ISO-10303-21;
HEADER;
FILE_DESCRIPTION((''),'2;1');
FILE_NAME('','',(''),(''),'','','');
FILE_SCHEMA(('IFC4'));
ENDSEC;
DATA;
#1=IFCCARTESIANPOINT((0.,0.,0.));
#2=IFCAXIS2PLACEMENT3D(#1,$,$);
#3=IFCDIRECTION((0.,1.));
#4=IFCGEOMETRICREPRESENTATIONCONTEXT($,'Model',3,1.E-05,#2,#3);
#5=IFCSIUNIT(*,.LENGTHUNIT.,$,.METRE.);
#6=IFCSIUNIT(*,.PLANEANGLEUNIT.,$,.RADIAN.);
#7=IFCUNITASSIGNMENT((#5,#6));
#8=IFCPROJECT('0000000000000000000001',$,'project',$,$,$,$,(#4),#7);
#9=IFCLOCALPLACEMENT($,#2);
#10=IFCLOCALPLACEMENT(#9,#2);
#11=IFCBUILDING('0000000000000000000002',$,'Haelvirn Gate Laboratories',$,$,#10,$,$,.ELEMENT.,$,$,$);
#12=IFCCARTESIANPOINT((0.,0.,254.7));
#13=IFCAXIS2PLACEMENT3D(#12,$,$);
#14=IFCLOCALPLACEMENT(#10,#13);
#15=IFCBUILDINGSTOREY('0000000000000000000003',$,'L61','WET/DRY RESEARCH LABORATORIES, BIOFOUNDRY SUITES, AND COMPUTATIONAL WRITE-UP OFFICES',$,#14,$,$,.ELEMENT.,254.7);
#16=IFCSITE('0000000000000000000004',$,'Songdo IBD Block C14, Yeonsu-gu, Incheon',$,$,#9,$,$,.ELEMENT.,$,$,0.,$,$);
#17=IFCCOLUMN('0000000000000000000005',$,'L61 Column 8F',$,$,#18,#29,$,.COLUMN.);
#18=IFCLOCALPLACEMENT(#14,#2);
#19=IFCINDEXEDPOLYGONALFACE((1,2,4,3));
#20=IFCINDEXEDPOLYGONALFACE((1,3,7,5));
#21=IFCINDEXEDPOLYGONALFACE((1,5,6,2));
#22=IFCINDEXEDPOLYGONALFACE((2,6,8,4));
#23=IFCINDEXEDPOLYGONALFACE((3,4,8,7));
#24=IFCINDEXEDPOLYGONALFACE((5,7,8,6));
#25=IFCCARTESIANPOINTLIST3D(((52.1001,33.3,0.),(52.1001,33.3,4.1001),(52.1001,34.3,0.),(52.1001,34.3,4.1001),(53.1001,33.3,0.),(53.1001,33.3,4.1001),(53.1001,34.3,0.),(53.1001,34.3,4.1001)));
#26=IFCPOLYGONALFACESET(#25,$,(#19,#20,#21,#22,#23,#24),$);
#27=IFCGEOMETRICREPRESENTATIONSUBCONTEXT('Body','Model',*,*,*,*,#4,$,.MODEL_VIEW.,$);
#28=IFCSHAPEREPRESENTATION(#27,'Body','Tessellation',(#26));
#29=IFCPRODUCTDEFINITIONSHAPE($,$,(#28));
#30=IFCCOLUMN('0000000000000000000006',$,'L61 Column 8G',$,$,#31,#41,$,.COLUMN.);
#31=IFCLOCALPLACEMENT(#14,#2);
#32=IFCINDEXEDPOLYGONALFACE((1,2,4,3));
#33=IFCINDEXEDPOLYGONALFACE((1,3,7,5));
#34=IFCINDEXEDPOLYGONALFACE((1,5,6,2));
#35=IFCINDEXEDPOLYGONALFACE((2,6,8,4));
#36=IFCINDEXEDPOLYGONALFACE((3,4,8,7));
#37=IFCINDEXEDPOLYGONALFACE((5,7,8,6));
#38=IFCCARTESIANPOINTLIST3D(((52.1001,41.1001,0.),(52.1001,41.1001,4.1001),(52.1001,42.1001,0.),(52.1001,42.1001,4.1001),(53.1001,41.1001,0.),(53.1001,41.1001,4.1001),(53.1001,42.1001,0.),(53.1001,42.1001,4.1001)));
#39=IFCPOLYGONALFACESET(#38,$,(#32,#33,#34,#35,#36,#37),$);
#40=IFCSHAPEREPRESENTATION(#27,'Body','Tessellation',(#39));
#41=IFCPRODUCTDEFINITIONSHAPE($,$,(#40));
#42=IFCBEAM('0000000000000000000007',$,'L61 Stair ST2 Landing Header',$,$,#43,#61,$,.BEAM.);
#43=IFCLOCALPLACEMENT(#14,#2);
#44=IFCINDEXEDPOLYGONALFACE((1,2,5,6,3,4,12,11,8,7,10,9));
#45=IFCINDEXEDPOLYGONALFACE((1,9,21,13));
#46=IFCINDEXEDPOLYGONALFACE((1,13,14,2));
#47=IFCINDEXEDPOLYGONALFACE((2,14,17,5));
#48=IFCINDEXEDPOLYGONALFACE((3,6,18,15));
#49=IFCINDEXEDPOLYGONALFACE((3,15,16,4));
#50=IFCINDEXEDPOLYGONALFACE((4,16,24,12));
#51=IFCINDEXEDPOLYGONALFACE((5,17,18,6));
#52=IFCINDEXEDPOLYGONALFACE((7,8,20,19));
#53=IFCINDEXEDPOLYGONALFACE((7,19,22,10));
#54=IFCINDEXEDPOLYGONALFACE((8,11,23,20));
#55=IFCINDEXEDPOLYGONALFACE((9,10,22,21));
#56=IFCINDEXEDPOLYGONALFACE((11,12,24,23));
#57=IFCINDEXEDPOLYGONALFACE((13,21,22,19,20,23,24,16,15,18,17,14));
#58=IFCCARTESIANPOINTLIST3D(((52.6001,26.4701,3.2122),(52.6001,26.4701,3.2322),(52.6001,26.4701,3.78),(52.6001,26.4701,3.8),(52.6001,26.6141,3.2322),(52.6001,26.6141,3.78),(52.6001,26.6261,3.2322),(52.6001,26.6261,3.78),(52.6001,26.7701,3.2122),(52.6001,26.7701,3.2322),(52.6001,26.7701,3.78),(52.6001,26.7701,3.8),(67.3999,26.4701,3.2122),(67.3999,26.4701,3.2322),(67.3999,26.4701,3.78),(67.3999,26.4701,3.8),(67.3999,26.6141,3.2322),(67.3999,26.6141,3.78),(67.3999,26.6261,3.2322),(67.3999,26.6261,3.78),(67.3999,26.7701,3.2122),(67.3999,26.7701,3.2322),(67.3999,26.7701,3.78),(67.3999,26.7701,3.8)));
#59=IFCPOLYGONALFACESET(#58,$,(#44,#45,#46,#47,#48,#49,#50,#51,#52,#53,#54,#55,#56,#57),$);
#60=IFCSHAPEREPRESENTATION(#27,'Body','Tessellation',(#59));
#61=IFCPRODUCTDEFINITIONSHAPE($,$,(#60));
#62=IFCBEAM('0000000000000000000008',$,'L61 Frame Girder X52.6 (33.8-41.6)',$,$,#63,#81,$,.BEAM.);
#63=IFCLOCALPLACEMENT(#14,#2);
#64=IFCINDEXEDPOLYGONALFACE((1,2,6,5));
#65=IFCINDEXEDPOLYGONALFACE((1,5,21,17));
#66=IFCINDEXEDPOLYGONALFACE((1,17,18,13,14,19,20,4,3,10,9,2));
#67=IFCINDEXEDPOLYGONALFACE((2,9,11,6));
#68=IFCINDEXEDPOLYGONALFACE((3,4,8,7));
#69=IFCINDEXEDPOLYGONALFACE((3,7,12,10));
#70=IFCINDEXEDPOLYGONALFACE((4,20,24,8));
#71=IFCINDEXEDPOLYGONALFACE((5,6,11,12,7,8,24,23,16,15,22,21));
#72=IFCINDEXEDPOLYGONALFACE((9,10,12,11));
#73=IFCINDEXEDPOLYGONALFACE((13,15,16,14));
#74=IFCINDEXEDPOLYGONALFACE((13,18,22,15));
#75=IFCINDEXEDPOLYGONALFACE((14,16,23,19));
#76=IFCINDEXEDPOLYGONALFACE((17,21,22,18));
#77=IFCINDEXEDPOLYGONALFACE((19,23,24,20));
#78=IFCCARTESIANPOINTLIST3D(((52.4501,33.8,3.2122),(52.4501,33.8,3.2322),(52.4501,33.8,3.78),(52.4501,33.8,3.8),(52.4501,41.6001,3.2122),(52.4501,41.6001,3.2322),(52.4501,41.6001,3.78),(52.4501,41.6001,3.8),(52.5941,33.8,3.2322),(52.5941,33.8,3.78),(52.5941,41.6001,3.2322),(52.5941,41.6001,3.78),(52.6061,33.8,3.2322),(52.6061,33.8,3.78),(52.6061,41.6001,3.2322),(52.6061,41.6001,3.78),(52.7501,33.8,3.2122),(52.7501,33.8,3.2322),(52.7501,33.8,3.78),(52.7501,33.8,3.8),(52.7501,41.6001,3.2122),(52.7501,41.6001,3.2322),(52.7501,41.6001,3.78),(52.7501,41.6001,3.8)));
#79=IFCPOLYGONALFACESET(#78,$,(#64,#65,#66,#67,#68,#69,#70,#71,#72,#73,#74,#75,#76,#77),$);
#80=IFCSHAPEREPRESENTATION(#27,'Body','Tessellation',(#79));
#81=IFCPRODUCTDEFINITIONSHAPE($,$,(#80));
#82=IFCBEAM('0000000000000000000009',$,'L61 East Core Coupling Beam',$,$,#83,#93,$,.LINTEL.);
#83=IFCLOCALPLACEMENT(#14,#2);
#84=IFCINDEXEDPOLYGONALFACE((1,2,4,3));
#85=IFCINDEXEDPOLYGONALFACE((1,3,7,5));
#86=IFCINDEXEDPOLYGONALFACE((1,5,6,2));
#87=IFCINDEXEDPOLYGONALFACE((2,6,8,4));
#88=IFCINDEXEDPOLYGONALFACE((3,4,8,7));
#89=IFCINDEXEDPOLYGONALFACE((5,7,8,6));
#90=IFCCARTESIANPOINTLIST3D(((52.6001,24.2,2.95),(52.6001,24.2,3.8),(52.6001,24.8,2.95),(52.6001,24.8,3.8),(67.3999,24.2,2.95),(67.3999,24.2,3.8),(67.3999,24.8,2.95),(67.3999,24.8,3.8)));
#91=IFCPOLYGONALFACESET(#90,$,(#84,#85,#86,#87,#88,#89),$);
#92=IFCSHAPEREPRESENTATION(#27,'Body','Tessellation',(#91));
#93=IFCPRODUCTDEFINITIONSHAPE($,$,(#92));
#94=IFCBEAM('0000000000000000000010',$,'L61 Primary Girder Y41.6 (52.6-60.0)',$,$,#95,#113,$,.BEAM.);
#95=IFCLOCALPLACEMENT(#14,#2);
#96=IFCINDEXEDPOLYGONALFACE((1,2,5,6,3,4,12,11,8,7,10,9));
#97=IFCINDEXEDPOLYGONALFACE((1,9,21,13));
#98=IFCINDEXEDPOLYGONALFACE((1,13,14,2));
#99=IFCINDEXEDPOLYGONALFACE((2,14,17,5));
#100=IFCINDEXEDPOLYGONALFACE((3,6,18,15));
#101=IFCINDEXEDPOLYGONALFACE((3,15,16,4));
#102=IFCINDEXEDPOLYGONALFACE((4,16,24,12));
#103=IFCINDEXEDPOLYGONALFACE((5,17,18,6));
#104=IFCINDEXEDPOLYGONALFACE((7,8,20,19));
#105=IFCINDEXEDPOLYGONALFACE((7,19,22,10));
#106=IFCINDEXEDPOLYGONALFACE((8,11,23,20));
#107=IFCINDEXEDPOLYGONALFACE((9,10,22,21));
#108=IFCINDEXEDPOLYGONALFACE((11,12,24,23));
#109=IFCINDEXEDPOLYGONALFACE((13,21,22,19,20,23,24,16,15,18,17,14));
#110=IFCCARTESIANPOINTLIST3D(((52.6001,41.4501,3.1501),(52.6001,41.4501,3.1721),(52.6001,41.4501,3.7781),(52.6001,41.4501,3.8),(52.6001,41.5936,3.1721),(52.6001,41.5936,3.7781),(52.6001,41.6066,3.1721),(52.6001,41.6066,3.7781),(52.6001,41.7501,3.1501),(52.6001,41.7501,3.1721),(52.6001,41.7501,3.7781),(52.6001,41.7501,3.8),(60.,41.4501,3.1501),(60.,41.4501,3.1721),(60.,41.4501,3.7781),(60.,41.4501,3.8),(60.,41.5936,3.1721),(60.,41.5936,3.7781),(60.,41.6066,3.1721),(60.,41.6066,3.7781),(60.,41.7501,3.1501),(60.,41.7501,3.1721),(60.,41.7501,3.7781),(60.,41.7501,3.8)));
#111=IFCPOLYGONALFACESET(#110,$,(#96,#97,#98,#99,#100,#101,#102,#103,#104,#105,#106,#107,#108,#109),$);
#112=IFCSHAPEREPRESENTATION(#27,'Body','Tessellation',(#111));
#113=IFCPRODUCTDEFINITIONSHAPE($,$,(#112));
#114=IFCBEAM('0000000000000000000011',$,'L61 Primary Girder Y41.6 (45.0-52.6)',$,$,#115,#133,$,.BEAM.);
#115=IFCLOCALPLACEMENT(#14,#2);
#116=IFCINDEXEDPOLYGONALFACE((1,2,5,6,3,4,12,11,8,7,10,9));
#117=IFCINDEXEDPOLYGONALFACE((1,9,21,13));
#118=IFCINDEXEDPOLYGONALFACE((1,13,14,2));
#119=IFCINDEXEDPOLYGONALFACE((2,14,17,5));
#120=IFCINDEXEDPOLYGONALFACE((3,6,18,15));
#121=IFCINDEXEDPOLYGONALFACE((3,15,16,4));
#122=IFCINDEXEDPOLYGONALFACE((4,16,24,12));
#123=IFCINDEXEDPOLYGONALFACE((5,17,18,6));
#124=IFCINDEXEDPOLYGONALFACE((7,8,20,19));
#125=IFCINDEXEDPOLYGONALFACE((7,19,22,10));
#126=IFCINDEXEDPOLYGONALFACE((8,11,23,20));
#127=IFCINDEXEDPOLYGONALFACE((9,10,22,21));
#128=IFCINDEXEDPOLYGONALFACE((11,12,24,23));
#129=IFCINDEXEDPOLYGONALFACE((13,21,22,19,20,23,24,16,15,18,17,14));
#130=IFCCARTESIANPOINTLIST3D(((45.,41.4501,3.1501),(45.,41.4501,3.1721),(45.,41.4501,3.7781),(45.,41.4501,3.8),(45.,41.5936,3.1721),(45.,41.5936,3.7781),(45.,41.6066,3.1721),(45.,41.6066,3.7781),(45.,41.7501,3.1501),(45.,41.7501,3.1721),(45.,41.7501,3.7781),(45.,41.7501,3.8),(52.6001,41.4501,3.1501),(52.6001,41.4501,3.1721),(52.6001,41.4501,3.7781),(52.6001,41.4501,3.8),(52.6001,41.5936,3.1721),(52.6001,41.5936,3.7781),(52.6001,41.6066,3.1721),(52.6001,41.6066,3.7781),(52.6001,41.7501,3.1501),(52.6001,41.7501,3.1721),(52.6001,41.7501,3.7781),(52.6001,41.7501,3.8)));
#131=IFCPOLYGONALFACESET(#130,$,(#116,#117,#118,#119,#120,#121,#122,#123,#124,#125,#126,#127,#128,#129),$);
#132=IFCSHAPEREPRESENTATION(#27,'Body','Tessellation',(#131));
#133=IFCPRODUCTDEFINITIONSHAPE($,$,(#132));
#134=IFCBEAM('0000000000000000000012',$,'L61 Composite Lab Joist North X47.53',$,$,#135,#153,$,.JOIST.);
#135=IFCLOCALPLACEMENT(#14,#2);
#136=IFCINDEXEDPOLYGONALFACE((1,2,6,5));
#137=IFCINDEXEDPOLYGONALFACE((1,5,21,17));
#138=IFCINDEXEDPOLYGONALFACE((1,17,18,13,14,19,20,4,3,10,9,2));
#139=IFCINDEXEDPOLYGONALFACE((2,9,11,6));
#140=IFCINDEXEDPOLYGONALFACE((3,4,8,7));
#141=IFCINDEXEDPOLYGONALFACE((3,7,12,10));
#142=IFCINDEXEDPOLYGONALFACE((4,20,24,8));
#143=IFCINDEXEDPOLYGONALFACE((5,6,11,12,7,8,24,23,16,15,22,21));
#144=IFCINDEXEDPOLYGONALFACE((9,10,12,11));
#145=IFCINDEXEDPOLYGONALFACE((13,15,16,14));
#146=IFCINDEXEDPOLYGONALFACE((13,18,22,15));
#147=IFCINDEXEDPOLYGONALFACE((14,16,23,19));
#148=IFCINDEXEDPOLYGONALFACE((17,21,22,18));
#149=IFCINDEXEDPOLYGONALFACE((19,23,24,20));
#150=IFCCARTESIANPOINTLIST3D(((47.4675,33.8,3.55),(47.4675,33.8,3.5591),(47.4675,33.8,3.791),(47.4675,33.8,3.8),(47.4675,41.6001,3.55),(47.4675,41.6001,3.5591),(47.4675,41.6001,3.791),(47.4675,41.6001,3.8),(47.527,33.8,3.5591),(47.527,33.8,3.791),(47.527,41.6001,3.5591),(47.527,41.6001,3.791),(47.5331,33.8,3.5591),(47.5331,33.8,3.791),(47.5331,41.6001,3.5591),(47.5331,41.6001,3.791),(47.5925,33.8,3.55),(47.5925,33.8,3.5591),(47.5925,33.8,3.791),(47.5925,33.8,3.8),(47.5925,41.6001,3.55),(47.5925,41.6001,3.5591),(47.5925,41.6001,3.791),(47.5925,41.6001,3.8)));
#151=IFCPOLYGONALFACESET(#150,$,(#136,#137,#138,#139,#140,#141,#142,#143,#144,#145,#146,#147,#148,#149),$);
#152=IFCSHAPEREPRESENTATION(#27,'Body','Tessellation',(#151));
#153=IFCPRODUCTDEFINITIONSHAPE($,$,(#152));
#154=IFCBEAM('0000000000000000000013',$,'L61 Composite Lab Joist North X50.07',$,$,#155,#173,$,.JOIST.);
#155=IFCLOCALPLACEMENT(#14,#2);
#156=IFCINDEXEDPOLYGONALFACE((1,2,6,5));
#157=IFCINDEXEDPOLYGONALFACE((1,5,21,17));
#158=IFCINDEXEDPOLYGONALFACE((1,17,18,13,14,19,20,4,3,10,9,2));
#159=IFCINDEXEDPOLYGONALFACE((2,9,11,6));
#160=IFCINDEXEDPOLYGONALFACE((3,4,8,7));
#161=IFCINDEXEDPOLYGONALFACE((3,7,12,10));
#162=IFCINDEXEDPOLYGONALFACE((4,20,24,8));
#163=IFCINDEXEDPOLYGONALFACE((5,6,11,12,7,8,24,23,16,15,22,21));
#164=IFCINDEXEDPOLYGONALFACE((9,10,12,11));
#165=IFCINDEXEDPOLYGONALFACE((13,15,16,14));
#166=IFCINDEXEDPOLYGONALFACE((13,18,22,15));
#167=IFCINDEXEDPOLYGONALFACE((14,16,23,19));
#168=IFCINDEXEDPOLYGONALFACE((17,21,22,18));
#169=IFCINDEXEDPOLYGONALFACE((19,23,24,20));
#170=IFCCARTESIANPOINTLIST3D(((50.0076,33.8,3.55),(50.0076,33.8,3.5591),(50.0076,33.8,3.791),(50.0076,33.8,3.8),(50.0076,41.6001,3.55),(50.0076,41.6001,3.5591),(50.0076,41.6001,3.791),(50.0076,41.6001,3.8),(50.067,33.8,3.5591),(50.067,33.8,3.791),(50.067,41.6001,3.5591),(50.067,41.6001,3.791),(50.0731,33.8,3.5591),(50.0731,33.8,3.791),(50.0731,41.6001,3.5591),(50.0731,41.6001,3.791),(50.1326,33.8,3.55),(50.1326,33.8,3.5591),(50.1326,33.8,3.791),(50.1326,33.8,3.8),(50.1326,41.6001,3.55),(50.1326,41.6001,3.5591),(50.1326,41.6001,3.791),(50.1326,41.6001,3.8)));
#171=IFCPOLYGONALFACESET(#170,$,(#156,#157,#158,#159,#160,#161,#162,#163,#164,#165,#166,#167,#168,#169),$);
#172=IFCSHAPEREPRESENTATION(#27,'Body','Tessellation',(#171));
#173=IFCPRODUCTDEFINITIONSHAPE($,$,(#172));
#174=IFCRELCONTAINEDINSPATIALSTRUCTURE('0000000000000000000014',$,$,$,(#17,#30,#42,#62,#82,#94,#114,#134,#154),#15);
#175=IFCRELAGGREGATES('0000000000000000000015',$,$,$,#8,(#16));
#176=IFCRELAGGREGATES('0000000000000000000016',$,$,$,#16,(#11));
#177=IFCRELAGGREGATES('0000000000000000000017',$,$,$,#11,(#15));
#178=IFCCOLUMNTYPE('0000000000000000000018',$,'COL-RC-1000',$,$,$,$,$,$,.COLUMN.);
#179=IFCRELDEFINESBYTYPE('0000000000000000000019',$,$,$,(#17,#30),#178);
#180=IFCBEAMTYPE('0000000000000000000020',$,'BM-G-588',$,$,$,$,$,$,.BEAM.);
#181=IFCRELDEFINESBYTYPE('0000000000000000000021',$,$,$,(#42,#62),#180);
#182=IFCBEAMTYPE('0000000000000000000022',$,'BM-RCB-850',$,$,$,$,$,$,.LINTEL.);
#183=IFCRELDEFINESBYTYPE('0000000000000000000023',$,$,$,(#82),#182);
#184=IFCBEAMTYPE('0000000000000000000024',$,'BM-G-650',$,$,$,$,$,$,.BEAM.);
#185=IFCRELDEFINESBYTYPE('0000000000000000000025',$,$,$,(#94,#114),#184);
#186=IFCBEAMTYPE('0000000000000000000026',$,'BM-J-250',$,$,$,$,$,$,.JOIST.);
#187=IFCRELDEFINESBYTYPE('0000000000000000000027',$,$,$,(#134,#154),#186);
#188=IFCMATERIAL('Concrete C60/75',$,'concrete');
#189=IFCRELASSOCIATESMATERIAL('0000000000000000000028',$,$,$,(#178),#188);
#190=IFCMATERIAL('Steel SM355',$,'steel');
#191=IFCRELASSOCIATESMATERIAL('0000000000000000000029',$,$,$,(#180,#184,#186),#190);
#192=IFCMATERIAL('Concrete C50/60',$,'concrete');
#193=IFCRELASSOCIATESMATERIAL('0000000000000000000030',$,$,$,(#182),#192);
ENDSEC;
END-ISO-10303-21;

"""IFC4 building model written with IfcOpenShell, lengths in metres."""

from ifc_helpers import new_model, si_unit, direction, frame, origin, origin_2d, place, context, subcontext, project, spatial, rectangle, i_section, extrude, source, transform, mapped, material, material_profile, profile_set, type_object, type_shapes, element, save


model = new_model("IFC4")

# Units and contexts
model_context = context("Model", 3, precision=1e-05, world=origin(), true_north=direction((0.0, 1.0)))
body_context = subcontext(model_context, "Body", "Model", "MODEL_VIEW")
ifc_project = project(units=[si_unit("LENGTHUNIT", "METRE"), si_unit("PLANEANGLEUNIT", "RADIAN")], contexts=[model_context])

# Site, building, storey
site_placement = place(None, origin())
site = spatial("IfcSite", under=ifc_project, at=site_placement, Name="Songdo IBD Block C14, Yeonsu-gu, Incheon", CompositionType="ELEMENT", RefElevation=0.0)
building_placement = place(site_placement, origin())
building = spatial("IfcBuilding", under=site, at=building_placement, Name="Haelvirn Gate Laboratories", CompositionType="ELEMENT")
storey_placement = place(building_placement, frame((0.0, 0.0, 254.7)))
storey = spatial("IfcBuildingStorey", under=building, at=storey_placement, Name="L61", Description="WET/DRY RESEARCH LABORATORIES, BIOFOUNDRY SUITES, AND COMPUTATIONAL WRITE-UP OFFICES", CompositionType="ELEMENT", Elevation=254.7)

# Columns
ifc_material_1 = material(Name="Concrete C60/75", Category="concrete")
ifc_material_profile_1 = material_profile(ifc_material_1, rectangle(XDim=1.0, YDim=1.0, at=origin_2d()), Name="RC-1000x1000")
ifc_profile_set_1 = profile_set([ifc_material_profile_1], Name="Concrete C60/75")
column_type = type_object("IfcColumnType", Name="COL-RC-1000", PredefinedType="COLUMN", material=ifc_profile_set_1)
shared_shape_1 = source(origin(), body_context, "Body", "SweptSolid", [
    extrude(rectangle(XDim=1.0, YDim=1.0, at=origin_2d()), origin(), (0.0, 0.0, 1.0), 4.1001),
])
type_shapes(column_type, [shared_shape_1])
for number, where, z_axis, x_axis, name in (
    (1, (52.6001, 33.8, 0.0), (0.0, 0.0, 1.0), (1.0, 0.0, 0.0), "L61 Column 8F"),
    (2, (52.6001, 41.6001, 0.0), (0.0, 0.0, 1.0), (1.0, 0.0, 0.0), "L61 Column 8G"),
):
    element("IfcColumn", number, at=place(storey_placement, frame(where, z_axis=z_axis, x_axis=x_axis)), inside=storey, type_object=column_type, Name=name, PredefinedType="COLUMN", context=body_context, shape_type="MappedRepresentation", body=[
        mapped(shared_shape_1, transform((0.0, 0.0, 0.0), scale=1.0)),
    ])

# Beams
ifc_material_2 = material(Name="Steel SM355", Category="steel")
ifc_material_profile_2 = material_profile(ifc_material_2, i_section(OverallWidth=0.3, OverallDepth=0.5879, WebThickness=0.012, FlangeThickness=0.02, at=origin_2d()), Name="H-588x300x12x20")
ifc_profile_set_2 = profile_set([ifc_material_profile_2], Name="Steel SM355")
beam_type_1 = type_object("IfcBeamType", Name="BM-G-588", PredefinedType="BEAM", material=ifc_profile_set_2)
shared_shape_2 = source(origin(), body_context, "Body", "SweptSolid", [
    extrude(i_section(OverallWidth=0.3, OverallDepth=0.5879, WebThickness=0.012, FlangeThickness=0.02, at=origin_2d()), origin(), (0.0, 0.0, 1.0), 14.7998),
])
beam_1_placement = place(storey_placement, frame((52.6001, 26.6201, 3.5061), z_axis=(1.0, 0.0, 0.0), x_axis=(0.0, 1.0, 0.0)))
element("IfcBeam", 3, at=beam_1_placement, inside=storey, type_object=beam_type_1, Name="L61 Stair ST2 Landing Header", PredefinedType="BEAM", context=body_context, shape_type="MappedRepresentation", body=[
    mapped(shared_shape_2, transform((0.0, 0.0, 0.0), scale=1.0)),
])
shared_shape_3 = source(origin(), body_context, "Body", "SweptSolid", [
    extrude(i_section(OverallWidth=0.3, OverallDepth=0.5879, WebThickness=0.012, FlangeThickness=0.02, at=origin_2d()), origin(), (0.0, 0.0, 1.0), 7.8),
])
type_shapes(beam_type_1, [shared_shape_2, shared_shape_3])
beam_2_placement = place(storey_placement, frame((52.6001, 33.8, 3.5061), z_axis=(0.0, 1.0, 0.0), x_axis=(-1.0, 0.0, 0.0)))
element("IfcBeam", 4, at=beam_2_placement, inside=storey, type_object=beam_type_1, Name="L61 Frame Girder X52.6 (33.8-41.6)", PredefinedType="BEAM", context=body_context, shape_type="MappedRepresentation", body=[
    mapped(shared_shape_3, transform((0.0, 0.0, 0.0), scale=1.0)),
])
ifc_material_3 = material(Name="Concrete C50/60", Category="concrete")
ifc_material_profile_3 = material_profile(ifc_material_3, rectangle(XDim=0.6001, YDim=0.8501, at=origin_2d()), Name="RCB-600x850")
ifc_profile_set_3 = profile_set([ifc_material_profile_3], Name="Concrete C50/60")
beam_type_2 = type_object("IfcBeamType", Name="BM-RCB-850", PredefinedType="LINTEL", material=ifc_profile_set_3)
shared_shape_4 = source(origin(), body_context, "Body", "SweptSolid", [
    extrude(rectangle(XDim=0.6001, YDim=0.8501, at=origin_2d()), origin(), (0.0, 0.0, 1.0), 14.7998),
])
type_shapes(beam_type_2, [shared_shape_4])
beam_3_placement = place(storey_placement, frame((52.6001, 24.5, 3.375), z_axis=(1.0, 0.0, 0.0), x_axis=(0.0, 1.0, 0.0)))
element("IfcBeam", 5, at=beam_3_placement, inside=storey, type_object=beam_type_2, Name="L61 East Core Coupling Beam", PredefinedType="LINTEL", context=body_context, shape_type="MappedRepresentation", body=[
    mapped(shared_shape_4, transform((0.0, 0.0, 0.0), scale=1.0)),
])
ifc_material_profile_4 = material_profile(ifc_material_2, i_section(OverallWidth=0.3, OverallDepth=0.6499, WebThickness=0.0129, FlangeThickness=0.022, at=origin_2d()), Name="H-650x300x13x22")
ifc_profile_set_4 = profile_set([ifc_material_profile_4], Name="Steel SM355")
beam_type_3 = type_object("IfcBeamType", Name="BM-G-650", PredefinedType="BEAM", material=ifc_profile_set_4)
shared_shape_5 = source(origin(), body_context, "Body", "SweptSolid", [
    extrude(i_section(OverallWidth=0.3, OverallDepth=0.6499, WebThickness=0.0129, FlangeThickness=0.022, at=origin_2d()), origin(), (0.0, 0.0, 1.0), 7.3999),
])
beam_4_placement = place(storey_placement, frame((52.6001, 41.6001, 3.4751), z_axis=(1.0, 0.0, 0.0), x_axis=(0.0, 1.0, 0.0)))
element("IfcBeam", 6, at=beam_4_placement, inside=storey, type_object=beam_type_3, Name="L61 Primary Girder Y41.6 (52.6-60.0)", PredefinedType="BEAM", context=body_context, shape_type="MappedRepresentation", body=[
    mapped(shared_shape_5, transform((0.0, 0.0, 0.0), scale=1.0)),
])
shared_shape_6 = source(origin(), body_context, "Body", "SweptSolid", [
    extrude(i_section(OverallWidth=0.3, OverallDepth=0.6499, WebThickness=0.0129, FlangeThickness=0.022, at=origin_2d()), origin(), (0.0, 0.0, 1.0), 7.6001),
])
type_shapes(beam_type_3, [shared_shape_5, shared_shape_6])
beam_5_placement = place(storey_placement, frame((45.0, 41.6001, 3.4751), z_axis=(1.0, 0.0, 0.0), x_axis=(0.0, 1.0, 0.0)))
element("IfcBeam", 7, at=beam_5_placement, inside=storey, type_object=beam_type_3, Name="L61 Primary Girder Y41.6 (45.0-52.6)", PredefinedType="BEAM", context=body_context, shape_type="MappedRepresentation", body=[
    mapped(shared_shape_6, transform((0.0, 0.0, 0.0), scale=1.0)),
])
ifc_material_profile_5 = material_profile(ifc_material_2, i_section(OverallWidth=0.125, OverallDepth=0.25, WebThickness=0.0061, FlangeThickness=0.009, at=origin_2d()), Name="H-250x125x6x9")
ifc_profile_set_5 = profile_set([ifc_material_profile_5], Name="Steel SM355")
beam_type_4 = type_object("IfcBeamType", Name="BM-J-250", PredefinedType="JOIST", material=ifc_profile_set_5)
shared_shape_7 = source(origin(), body_context, "Body", "SweptSolid", [
    extrude(i_section(OverallWidth=0.125, OverallDepth=0.25, WebThickness=0.0061, FlangeThickness=0.009, at=origin_2d()), origin(), (0.0, 0.0, 1.0), 7.8),
])
type_shapes(beam_type_4, [shared_shape_7])
for number, where, z_axis, x_axis, name in (
    (8, (47.53, 33.8, 3.675), (0.0, 1.0, 0.0), (-1.0, 0.0, 0.0), "L61 Composite Lab Joist North X47.53"),
    (9, (50.0701, 33.8, 3.675), (0.0, 1.0, 0.0), (-1.0, 0.0, 0.0), "L61 Composite Lab Joist North X50.07"),
):
    element("IfcBeam", number, at=place(storey_placement, frame(where, z_axis=z_axis, x_axis=x_axis)), inside=storey, type_object=beam_type_4, Name=name, PredefinedType="JOIST", context=body_context, shape_type="MappedRepresentation", body=[
        mapped(shared_shape_7, transform((0.0, 0.0, 0.0), scale=1.0)),
    ])

save(model, "model.ifc")
